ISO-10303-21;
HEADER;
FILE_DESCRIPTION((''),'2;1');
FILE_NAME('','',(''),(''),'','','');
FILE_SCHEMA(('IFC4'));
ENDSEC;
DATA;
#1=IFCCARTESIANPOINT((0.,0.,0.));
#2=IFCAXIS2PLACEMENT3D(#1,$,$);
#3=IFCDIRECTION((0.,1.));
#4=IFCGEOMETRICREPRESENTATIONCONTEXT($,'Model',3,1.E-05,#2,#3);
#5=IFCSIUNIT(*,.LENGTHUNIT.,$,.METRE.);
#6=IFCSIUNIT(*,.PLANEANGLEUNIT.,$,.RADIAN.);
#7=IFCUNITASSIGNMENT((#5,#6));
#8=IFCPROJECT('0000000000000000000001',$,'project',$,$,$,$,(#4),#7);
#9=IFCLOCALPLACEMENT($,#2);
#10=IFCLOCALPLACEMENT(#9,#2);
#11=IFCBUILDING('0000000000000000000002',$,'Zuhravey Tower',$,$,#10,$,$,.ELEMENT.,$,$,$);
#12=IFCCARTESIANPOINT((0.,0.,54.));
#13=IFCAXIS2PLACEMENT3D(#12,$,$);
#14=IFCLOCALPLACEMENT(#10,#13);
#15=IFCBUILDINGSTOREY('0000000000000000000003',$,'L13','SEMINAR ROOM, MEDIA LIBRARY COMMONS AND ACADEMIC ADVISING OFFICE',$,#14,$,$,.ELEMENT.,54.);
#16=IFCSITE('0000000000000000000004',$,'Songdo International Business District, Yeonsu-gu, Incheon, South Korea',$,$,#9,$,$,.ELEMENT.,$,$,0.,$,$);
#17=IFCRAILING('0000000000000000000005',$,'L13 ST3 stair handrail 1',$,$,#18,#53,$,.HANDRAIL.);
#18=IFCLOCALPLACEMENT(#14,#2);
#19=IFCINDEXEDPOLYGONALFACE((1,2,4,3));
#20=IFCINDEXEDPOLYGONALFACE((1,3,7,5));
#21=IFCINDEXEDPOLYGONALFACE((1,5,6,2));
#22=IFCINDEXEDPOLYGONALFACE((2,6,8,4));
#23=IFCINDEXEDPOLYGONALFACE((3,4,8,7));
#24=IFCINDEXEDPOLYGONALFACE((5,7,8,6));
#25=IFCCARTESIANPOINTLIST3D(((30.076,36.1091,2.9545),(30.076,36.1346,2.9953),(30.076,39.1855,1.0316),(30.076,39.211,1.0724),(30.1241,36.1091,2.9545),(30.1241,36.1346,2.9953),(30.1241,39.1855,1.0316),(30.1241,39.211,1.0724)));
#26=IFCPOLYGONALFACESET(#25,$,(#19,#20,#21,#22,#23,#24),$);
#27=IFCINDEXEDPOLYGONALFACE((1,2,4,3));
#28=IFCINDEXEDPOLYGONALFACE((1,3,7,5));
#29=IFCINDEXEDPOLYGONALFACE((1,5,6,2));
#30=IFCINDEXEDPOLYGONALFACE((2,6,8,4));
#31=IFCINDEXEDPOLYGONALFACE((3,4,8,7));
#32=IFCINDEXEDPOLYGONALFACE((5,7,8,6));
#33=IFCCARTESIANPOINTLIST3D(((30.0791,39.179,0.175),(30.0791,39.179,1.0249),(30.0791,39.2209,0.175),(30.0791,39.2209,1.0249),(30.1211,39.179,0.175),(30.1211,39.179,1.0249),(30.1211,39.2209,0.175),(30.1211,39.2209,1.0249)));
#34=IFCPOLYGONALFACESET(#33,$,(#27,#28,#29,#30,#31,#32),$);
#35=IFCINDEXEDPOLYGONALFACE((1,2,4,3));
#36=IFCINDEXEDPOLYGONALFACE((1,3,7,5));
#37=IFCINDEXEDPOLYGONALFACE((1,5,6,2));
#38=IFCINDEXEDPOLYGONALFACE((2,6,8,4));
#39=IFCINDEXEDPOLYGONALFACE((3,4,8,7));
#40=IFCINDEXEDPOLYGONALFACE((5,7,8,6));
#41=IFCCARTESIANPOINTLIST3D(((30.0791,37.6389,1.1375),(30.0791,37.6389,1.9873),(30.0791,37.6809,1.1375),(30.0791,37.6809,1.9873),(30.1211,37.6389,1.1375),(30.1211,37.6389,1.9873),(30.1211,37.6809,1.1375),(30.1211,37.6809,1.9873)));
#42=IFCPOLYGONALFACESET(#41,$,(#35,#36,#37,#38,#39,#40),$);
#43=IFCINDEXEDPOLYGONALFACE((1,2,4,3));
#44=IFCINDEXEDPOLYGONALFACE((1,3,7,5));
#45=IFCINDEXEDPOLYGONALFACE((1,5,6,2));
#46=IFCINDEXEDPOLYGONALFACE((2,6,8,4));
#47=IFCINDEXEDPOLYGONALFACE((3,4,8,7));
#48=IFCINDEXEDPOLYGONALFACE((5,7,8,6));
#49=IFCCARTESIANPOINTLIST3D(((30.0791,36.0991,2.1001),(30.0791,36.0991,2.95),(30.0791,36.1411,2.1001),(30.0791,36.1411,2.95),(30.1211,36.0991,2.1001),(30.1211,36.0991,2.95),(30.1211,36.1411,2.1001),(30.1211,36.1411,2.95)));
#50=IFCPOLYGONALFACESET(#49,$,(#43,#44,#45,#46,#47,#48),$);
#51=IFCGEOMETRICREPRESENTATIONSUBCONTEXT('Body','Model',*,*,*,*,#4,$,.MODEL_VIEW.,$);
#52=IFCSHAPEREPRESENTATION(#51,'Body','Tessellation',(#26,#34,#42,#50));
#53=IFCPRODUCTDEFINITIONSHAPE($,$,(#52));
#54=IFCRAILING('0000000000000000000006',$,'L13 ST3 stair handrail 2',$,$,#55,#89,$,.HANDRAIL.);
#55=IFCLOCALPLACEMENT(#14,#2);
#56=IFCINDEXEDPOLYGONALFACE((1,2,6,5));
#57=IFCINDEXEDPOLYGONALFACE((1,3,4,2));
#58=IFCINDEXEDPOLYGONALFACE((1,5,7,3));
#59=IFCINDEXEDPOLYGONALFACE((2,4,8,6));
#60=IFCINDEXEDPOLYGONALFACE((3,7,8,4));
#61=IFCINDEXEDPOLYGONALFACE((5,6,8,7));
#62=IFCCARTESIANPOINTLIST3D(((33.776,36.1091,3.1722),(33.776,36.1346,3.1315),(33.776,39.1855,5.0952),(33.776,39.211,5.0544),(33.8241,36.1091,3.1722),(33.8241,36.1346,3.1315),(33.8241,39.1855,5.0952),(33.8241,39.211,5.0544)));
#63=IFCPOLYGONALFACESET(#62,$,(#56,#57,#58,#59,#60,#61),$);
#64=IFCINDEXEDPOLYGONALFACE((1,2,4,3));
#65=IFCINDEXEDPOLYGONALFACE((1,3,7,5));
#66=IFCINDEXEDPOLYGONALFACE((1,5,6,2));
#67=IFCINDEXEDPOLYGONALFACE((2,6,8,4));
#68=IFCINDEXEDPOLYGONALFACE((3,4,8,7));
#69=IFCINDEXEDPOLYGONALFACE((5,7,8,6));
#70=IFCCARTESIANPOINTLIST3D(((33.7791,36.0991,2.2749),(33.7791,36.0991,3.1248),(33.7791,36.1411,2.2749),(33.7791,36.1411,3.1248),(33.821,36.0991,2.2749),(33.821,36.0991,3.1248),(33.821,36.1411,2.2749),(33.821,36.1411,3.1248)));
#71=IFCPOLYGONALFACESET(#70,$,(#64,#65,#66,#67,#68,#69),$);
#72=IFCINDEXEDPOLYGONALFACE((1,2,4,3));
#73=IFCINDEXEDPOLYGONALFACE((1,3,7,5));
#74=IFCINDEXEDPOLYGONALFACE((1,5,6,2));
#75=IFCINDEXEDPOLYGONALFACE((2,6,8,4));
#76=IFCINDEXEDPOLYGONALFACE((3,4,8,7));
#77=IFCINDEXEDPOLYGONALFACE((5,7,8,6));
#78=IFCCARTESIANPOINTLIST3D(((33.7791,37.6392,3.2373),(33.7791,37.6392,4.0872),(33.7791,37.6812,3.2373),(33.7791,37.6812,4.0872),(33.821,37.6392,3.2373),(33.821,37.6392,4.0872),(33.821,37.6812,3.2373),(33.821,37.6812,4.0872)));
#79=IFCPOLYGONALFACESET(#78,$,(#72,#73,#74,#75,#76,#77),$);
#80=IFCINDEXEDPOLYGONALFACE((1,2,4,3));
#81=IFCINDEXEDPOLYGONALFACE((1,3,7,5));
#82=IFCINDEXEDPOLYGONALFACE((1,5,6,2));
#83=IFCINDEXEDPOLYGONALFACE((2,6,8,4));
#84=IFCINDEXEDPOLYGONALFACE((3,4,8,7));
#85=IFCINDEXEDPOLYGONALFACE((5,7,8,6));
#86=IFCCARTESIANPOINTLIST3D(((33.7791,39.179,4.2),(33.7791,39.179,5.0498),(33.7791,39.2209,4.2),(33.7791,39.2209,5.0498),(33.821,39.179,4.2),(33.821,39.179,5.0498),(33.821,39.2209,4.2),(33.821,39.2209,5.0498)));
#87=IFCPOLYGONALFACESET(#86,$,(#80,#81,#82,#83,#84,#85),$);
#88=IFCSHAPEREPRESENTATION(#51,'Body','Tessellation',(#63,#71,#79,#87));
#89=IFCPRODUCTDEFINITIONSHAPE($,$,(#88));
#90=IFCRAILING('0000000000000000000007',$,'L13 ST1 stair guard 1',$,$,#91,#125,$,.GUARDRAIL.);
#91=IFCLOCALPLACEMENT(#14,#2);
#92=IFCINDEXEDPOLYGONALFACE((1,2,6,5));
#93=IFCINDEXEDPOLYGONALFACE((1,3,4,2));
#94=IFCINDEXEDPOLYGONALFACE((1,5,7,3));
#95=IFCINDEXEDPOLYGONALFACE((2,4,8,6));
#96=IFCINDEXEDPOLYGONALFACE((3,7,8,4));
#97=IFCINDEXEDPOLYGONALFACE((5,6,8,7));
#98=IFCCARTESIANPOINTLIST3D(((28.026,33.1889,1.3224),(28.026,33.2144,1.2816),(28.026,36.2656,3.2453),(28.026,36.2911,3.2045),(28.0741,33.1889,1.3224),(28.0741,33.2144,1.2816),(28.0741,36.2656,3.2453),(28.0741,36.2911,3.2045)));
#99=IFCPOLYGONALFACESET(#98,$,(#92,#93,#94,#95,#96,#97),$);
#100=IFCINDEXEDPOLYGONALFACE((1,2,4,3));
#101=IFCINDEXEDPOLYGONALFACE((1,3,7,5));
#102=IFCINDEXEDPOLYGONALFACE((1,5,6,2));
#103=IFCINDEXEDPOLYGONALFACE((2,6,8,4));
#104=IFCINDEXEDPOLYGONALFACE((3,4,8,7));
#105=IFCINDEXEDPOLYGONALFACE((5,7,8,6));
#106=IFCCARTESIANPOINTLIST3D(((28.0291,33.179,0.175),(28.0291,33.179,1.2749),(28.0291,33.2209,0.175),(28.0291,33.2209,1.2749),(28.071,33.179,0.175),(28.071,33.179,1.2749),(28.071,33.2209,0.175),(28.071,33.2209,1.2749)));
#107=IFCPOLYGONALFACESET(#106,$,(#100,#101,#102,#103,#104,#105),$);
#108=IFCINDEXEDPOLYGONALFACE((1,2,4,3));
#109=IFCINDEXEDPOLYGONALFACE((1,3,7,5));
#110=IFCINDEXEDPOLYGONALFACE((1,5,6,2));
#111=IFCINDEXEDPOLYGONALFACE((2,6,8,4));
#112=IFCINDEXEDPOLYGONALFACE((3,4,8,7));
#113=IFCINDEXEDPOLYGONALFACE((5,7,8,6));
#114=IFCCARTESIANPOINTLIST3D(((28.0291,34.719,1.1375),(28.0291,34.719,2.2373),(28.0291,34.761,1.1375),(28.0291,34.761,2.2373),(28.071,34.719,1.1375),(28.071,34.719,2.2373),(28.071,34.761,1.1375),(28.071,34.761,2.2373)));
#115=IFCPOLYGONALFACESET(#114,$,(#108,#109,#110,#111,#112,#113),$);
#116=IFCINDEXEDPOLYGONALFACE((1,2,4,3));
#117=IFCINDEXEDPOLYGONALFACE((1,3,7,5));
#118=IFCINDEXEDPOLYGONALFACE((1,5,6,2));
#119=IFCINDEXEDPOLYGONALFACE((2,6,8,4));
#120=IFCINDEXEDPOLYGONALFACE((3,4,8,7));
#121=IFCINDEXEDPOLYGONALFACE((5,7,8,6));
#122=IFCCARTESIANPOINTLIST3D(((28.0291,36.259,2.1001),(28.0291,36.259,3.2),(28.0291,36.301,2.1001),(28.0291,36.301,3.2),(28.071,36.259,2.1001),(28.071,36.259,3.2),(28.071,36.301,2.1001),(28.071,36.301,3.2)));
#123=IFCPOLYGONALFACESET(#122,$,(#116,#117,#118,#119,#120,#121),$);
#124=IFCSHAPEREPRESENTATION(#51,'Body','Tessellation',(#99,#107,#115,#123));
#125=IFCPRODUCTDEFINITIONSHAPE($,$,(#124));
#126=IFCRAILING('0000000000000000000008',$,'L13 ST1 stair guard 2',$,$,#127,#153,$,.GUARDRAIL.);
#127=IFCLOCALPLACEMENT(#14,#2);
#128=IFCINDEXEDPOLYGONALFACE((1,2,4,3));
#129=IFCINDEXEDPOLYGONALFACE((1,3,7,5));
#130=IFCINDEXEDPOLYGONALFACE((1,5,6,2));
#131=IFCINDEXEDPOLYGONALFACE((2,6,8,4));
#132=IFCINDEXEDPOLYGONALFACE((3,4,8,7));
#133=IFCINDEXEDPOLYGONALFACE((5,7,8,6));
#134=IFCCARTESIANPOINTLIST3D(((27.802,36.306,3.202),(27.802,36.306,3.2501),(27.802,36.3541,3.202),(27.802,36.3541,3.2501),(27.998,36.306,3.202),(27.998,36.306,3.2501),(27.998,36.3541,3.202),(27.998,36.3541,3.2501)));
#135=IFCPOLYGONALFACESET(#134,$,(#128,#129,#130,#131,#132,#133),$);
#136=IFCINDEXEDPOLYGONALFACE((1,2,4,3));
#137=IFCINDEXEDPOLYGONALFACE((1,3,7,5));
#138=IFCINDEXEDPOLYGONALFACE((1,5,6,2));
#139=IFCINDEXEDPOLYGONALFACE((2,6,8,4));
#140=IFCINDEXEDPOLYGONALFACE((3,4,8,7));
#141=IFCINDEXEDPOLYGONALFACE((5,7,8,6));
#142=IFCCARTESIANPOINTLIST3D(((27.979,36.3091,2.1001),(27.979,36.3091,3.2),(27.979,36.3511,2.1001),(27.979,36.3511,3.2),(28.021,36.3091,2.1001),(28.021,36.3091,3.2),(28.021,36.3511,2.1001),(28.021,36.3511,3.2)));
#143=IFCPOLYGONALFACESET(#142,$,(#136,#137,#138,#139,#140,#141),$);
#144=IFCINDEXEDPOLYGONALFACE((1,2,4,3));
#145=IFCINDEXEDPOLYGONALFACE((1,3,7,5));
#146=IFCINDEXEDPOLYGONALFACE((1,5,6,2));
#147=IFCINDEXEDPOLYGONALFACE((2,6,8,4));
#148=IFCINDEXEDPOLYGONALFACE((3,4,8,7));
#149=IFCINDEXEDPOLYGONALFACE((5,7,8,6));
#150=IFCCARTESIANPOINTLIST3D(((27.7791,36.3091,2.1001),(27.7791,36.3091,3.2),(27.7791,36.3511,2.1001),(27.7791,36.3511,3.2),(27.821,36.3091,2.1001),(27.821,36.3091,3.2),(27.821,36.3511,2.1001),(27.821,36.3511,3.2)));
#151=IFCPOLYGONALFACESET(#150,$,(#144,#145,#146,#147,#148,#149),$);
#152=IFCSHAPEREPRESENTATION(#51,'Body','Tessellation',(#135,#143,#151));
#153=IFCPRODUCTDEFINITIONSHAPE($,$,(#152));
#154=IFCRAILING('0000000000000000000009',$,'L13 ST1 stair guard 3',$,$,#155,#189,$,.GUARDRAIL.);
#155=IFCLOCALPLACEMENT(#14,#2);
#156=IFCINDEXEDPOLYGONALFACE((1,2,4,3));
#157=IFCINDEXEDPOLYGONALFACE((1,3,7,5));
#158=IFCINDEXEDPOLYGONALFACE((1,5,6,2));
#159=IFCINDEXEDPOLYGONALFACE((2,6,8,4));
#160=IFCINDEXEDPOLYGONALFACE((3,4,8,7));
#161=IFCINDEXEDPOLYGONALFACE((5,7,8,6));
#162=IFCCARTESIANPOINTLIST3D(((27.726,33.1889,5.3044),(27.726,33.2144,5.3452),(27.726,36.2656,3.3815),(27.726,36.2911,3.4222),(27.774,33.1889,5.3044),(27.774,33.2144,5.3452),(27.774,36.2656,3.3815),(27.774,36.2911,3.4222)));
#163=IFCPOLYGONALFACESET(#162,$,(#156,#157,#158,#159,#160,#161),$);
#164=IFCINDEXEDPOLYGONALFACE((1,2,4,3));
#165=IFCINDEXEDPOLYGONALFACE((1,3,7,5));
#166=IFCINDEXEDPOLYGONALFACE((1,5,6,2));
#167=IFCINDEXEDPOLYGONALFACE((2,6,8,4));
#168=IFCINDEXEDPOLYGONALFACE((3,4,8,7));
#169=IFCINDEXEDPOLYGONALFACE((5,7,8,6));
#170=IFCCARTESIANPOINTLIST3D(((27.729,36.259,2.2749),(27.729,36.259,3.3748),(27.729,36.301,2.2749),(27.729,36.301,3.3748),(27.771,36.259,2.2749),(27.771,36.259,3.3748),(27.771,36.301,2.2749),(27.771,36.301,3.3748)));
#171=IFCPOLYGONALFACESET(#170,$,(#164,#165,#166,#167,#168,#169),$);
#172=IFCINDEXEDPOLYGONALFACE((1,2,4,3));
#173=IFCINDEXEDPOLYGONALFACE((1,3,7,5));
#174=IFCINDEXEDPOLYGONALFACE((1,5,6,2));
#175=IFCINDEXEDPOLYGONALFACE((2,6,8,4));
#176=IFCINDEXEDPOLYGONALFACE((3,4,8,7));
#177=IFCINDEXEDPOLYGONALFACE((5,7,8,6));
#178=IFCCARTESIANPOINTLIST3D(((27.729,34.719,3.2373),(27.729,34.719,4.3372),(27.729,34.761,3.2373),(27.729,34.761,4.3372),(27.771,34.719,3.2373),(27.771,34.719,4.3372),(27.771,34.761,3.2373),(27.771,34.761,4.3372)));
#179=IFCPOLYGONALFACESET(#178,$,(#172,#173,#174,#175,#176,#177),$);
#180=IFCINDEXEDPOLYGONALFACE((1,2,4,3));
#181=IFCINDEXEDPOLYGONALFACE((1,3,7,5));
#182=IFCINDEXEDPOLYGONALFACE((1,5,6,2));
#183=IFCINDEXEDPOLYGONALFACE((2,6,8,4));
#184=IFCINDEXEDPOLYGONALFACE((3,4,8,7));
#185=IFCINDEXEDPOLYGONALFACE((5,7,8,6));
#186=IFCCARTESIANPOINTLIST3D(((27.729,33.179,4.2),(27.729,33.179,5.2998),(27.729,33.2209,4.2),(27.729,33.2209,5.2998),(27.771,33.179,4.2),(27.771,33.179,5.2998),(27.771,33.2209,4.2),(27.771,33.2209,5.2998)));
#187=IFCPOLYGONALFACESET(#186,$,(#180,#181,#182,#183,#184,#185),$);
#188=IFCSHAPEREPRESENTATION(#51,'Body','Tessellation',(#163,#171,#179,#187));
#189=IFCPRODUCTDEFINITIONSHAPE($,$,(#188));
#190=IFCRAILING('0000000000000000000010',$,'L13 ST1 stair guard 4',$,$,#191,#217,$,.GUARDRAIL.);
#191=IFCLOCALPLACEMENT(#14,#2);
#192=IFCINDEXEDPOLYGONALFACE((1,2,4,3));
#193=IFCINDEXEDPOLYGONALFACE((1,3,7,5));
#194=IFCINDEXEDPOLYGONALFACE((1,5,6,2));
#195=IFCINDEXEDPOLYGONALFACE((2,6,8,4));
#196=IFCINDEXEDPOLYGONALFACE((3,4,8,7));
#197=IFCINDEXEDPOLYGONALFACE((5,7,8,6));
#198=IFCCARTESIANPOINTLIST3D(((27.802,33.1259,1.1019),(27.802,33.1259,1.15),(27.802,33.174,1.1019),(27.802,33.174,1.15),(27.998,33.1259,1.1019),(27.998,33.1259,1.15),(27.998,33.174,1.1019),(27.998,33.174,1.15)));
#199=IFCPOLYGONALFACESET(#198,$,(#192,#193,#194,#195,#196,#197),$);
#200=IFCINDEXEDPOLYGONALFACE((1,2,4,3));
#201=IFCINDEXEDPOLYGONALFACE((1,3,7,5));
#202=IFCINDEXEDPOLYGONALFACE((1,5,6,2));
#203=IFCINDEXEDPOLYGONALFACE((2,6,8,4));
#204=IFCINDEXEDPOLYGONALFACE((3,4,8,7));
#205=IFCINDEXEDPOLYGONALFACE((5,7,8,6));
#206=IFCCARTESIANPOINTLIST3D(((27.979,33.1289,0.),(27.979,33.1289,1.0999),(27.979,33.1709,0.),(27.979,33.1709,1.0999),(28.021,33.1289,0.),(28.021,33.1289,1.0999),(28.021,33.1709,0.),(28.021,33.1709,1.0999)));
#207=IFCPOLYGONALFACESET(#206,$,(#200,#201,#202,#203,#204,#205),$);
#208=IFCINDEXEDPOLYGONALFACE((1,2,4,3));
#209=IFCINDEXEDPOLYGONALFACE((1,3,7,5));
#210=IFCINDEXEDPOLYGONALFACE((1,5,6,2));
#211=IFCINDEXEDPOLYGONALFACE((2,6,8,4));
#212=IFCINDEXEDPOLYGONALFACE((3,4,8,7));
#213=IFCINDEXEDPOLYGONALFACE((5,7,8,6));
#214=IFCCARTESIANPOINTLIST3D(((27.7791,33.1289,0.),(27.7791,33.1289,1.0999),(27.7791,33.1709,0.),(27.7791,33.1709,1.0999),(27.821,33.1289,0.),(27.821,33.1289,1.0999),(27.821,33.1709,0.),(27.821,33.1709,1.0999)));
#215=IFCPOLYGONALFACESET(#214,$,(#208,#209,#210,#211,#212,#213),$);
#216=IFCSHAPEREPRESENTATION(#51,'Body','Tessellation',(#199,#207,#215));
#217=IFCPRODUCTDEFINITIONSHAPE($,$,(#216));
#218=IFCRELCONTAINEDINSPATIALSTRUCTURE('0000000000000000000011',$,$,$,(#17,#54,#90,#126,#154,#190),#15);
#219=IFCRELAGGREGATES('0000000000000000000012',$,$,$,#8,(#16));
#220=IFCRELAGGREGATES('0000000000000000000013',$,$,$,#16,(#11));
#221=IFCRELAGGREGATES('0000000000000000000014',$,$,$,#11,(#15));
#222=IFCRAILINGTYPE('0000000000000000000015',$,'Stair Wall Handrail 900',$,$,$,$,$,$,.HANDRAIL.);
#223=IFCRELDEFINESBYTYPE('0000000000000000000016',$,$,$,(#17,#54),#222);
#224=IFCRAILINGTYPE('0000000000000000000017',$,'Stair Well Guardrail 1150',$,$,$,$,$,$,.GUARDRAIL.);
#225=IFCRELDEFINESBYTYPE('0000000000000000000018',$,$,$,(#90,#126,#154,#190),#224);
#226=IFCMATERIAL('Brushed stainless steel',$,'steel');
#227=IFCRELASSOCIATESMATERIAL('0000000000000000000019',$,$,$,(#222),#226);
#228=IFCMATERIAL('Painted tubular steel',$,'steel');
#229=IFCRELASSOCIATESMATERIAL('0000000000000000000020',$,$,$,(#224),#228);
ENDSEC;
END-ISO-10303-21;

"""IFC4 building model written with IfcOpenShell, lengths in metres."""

from ifc_helpers import new_model, si_unit, direction, frame, origin, origin_2d, place, context, subcontext, project, spatial, rectangle, extrude, material, type_object, element, save


model = new_model("IFC4")

# Units and contexts
model_context = context("Model", 3, precision=1e-05, world=origin(), true_north=direction((0.0, 1.0)))
body_context = subcontext(model_context, "Body", "Model", "MODEL_VIEW")
ifc_project = project(units=[si_unit("LENGTHUNIT", "METRE"), si_unit("PLANEANGLEUNIT", "RADIAN")], contexts=[model_context])

# Site, building, storey
site_placement = place(None, origin())
site = spatial("IfcSite", under=ifc_project, at=site_placement, Name="Songdo International Business District, Yeonsu-gu, Incheon, South Korea", CompositionType="ELEMENT", RefElevation=0.0)
building_placement = place(site_placement, origin())
building = spatial("IfcBuilding", under=site, at=building_placement, Name="Zuhravey Tower", CompositionType="ELEMENT")
storey_placement = place(building_placement, frame((0.0, 0.0, 54.0)))
storey = spatial("IfcBuildingStorey", under=building, at=storey_placement, Name="L13", Description="SEMINAR ROOM, MEDIA LIBRARY COMMONS AND ACADEMIC ADVISING OFFICE", CompositionType="ELEMENT", Elevation=54.0)

# Railings
ifc_material_1 = material(Name="Brushed stainless steel", Category="steel")
railing_type_1 = type_object("IfcRailingType", Name="Stair Wall Handrail 900", PredefinedType="HANDRAIL", material=ifc_material_1)
railing_1_placement = place(storey_placement, frame((30.1001, 39.2, 0.175)))
element("IfcRailing", 1, at=railing_1_placement, inside=storey, type_object=railing_type_1, Name="L13 ST3 stair handrail 1", PredefinedType="HANDRAIL", context=body_context, shape_type="SweptSolid", body=[
    extrude(rectangle(XDim=0.0481, YDim=0.0481, at=origin_2d()), frame((0.0, -0.0017, 0.877), z_axis=(0.0, -0.847979, 0.530029), x_axis=(1.0, 0.0, 0.0)), (0.0, 0.0, 1.0), 3.6279),
    extrude(rectangle(XDim=0.042, YDim=0.042, at=origin_2d()), origin(), (0.0, 0.0, 1.0), 0.8499),
    extrude(rectangle(XDim=0.042, YDim=0.042, at=origin_2d()), frame((0.0, -1.54, 0.9624)), (0.0, 0.0, 1.0), 0.8499),
    extrude(rectangle(XDim=0.042, YDim=0.042, at=origin_2d()), frame((0.0, -3.0798, 1.925)), (0.0, 0.0, 1.0), 0.8499),
])
railing_2_placement = place(storey_placement, frame((33.8, 36.1201, 2.2749)))
element("IfcRailing", 2, at=railing_2_placement, inside=storey, type_object=railing_type_1, Name="L13 ST3 stair handrail 2", PredefinedType="HANDRAIL", context=body_context, shape_type="SweptSolid", body=[
    extrude(rectangle(XDim=0.0481, YDim=0.0481, at=origin_2d()), frame((0.0, 0.0017, 0.877), z_axis=(0.0, 0.847979, 0.530029), x_axis=(-1.0, 0.0, 0.0)), (0.0, 0.0, 1.0), 3.6279),
    extrude(rectangle(XDim=0.042, YDim=0.042, at=origin_2d()), origin(), (0.0, 0.0, 1.0), 0.8499),
    extrude(rectangle(XDim=0.042, YDim=0.042, at=origin_2d()), frame((0.0, 1.54, 0.9624)), (0.0, 0.0, 1.0), 0.8499),
    extrude(rectangle(XDim=0.042, YDim=0.042, at=origin_2d()), frame((0.0, 3.0798, 1.925)), (0.0, 0.0, 1.0), 0.8499),
])
ifc_material_2 = material(Name="Painted tubular steel", Category="steel")
railing_type_2 = type_object("IfcRailingType", Name="Stair Well Guardrail 1150", PredefinedType="GUARDRAIL", material=ifc_material_2)
railing_3_placement = place(storey_placement, frame((28.05, 33.2, 0.175)))
element("IfcRailing", 3, at=railing_3_placement, inside=storey, type_object=railing_type_2, Name="L13 ST1 stair guard 1", PredefinedType="GUARDRAIL", context=body_context, shape_type="SweptSolid", body=[
    extrude(rectangle(XDim=0.0481, YDim=0.0481, at=origin_2d()), frame((0.0, 0.0017, 1.127), z_axis=(0.0, 0.847998, 0.529999), x_axis=(-1.0, 0.0, 0.0)), (0.0, 0.0, 1.0), 3.6282),
    extrude(rectangle(XDim=0.042, YDim=0.042, at=origin_2d()), origin(), (0.0, 0.0, 1.0), 1.0999),
    extrude(rectangle(XDim=0.042, YDim=0.042, at=origin_2d()), frame((0.0, 1.54, 0.9624)), (0.0, 0.0, 1.0), 1.0999),
    extrude(rectangle(XDim=0.042, YDim=0.042, at=origin_2d()), frame((0.0, 3.0801, 1.925)), (0.0, 0.0, 1.0), 1.0999),
])
railing_4_placement = place(storey_placement, frame((28.0, 36.3301, 2.1001)))
element("IfcRailing", 4, at=railing_4_placement, inside=storey, type_object=railing_type_2, Name="L13 ST1 stair guard 2", PredefinedType="GUARDRAIL", context=body_context, shape_type="SweptSolid", body=[
    extrude(rectangle(XDim=0.0481, YDim=0.0481, at=origin_2d()), frame((-0.002, 0.0, 1.126), z_axis=(-1.0, 0.0, 0.0), x_axis=(0.0, -1.0, 0.0)), (0.0, 0.0, 1.0), 0.196),
    extrude(rectangle(XDim=0.042, YDim=0.042, at=origin_2d()), origin(), (0.0, 0.0, 1.0), 1.0999),
    extrude(rectangle(XDim=0.042, YDim=0.042, at=origin_2d()), frame((-0.2, 0.0, 0.0)), (0.0, 0.0, 1.0), 1.0999),
])
railing_5_placement = place(storey_placement, frame((27.75, 36.28, 2.2749)))
element("IfcRailing", 5, at=railing_5_placement, inside=storey, type_object=railing_type_2, Name="L13 ST1 stair guard 3", PredefinedType="GUARDRAIL", context=body_context, shape_type="SweptSolid", body=[
    extrude(rectangle(XDim=0.0481, YDim=0.0481, at=origin_2d()), frame((0.0, -0.0017, 1.127), z_axis=(0.0, -0.847998, 0.529999), x_axis=(1.0, 0.0, 0.0)), (0.0, 0.0, 1.0), 3.6282),
    extrude(rectangle(XDim=0.042, YDim=0.042, at=origin_2d()), origin(), (0.0, 0.0, 1.0), 1.0999),
    extrude(rectangle(XDim=0.042, YDim=0.042, at=origin_2d()), frame((0.0, -1.54, 0.9624)), (0.0, 0.0, 1.0), 1.0999),
    extrude(rectangle(XDim=0.042, YDim=0.042, at=origin_2d()), frame((0.0, -3.0801, 1.925)), (0.0, 0.0, 1.0), 1.0999),
])
railing_6_placement = place(storey_placement, frame((28.0, 33.1499, 0.0)))
element("IfcRailing", 6, at=railing_6_placement, inside=storey, type_object=railing_type_2, Name="L13 ST1 stair guard 4", PredefinedType="GUARDRAIL", context=body_context, shape_type="SweptSolid", body=[
    extrude(rectangle(XDim=0.0481, YDim=0.0481, at=origin_2d()), frame((-0.002, 0.0, 1.126), z_axis=(-1.0, 0.0, 0.0), x_axis=(0.0, -1.0, 0.0)), (0.0, 0.0, 1.0), 0.196),
    extrude(rectangle(XDim=0.042, YDim=0.042, at=origin_2d()), origin(), (0.0, 0.0, 1.0), 1.0999),
    extrude(rectangle(XDim=0.042, YDim=0.042, at=origin_2d()), frame((-0.2, 0.0, 0.0)), (0.0, 0.0, 1.0), 1.0999),
])

save(model, "model.ifc")
